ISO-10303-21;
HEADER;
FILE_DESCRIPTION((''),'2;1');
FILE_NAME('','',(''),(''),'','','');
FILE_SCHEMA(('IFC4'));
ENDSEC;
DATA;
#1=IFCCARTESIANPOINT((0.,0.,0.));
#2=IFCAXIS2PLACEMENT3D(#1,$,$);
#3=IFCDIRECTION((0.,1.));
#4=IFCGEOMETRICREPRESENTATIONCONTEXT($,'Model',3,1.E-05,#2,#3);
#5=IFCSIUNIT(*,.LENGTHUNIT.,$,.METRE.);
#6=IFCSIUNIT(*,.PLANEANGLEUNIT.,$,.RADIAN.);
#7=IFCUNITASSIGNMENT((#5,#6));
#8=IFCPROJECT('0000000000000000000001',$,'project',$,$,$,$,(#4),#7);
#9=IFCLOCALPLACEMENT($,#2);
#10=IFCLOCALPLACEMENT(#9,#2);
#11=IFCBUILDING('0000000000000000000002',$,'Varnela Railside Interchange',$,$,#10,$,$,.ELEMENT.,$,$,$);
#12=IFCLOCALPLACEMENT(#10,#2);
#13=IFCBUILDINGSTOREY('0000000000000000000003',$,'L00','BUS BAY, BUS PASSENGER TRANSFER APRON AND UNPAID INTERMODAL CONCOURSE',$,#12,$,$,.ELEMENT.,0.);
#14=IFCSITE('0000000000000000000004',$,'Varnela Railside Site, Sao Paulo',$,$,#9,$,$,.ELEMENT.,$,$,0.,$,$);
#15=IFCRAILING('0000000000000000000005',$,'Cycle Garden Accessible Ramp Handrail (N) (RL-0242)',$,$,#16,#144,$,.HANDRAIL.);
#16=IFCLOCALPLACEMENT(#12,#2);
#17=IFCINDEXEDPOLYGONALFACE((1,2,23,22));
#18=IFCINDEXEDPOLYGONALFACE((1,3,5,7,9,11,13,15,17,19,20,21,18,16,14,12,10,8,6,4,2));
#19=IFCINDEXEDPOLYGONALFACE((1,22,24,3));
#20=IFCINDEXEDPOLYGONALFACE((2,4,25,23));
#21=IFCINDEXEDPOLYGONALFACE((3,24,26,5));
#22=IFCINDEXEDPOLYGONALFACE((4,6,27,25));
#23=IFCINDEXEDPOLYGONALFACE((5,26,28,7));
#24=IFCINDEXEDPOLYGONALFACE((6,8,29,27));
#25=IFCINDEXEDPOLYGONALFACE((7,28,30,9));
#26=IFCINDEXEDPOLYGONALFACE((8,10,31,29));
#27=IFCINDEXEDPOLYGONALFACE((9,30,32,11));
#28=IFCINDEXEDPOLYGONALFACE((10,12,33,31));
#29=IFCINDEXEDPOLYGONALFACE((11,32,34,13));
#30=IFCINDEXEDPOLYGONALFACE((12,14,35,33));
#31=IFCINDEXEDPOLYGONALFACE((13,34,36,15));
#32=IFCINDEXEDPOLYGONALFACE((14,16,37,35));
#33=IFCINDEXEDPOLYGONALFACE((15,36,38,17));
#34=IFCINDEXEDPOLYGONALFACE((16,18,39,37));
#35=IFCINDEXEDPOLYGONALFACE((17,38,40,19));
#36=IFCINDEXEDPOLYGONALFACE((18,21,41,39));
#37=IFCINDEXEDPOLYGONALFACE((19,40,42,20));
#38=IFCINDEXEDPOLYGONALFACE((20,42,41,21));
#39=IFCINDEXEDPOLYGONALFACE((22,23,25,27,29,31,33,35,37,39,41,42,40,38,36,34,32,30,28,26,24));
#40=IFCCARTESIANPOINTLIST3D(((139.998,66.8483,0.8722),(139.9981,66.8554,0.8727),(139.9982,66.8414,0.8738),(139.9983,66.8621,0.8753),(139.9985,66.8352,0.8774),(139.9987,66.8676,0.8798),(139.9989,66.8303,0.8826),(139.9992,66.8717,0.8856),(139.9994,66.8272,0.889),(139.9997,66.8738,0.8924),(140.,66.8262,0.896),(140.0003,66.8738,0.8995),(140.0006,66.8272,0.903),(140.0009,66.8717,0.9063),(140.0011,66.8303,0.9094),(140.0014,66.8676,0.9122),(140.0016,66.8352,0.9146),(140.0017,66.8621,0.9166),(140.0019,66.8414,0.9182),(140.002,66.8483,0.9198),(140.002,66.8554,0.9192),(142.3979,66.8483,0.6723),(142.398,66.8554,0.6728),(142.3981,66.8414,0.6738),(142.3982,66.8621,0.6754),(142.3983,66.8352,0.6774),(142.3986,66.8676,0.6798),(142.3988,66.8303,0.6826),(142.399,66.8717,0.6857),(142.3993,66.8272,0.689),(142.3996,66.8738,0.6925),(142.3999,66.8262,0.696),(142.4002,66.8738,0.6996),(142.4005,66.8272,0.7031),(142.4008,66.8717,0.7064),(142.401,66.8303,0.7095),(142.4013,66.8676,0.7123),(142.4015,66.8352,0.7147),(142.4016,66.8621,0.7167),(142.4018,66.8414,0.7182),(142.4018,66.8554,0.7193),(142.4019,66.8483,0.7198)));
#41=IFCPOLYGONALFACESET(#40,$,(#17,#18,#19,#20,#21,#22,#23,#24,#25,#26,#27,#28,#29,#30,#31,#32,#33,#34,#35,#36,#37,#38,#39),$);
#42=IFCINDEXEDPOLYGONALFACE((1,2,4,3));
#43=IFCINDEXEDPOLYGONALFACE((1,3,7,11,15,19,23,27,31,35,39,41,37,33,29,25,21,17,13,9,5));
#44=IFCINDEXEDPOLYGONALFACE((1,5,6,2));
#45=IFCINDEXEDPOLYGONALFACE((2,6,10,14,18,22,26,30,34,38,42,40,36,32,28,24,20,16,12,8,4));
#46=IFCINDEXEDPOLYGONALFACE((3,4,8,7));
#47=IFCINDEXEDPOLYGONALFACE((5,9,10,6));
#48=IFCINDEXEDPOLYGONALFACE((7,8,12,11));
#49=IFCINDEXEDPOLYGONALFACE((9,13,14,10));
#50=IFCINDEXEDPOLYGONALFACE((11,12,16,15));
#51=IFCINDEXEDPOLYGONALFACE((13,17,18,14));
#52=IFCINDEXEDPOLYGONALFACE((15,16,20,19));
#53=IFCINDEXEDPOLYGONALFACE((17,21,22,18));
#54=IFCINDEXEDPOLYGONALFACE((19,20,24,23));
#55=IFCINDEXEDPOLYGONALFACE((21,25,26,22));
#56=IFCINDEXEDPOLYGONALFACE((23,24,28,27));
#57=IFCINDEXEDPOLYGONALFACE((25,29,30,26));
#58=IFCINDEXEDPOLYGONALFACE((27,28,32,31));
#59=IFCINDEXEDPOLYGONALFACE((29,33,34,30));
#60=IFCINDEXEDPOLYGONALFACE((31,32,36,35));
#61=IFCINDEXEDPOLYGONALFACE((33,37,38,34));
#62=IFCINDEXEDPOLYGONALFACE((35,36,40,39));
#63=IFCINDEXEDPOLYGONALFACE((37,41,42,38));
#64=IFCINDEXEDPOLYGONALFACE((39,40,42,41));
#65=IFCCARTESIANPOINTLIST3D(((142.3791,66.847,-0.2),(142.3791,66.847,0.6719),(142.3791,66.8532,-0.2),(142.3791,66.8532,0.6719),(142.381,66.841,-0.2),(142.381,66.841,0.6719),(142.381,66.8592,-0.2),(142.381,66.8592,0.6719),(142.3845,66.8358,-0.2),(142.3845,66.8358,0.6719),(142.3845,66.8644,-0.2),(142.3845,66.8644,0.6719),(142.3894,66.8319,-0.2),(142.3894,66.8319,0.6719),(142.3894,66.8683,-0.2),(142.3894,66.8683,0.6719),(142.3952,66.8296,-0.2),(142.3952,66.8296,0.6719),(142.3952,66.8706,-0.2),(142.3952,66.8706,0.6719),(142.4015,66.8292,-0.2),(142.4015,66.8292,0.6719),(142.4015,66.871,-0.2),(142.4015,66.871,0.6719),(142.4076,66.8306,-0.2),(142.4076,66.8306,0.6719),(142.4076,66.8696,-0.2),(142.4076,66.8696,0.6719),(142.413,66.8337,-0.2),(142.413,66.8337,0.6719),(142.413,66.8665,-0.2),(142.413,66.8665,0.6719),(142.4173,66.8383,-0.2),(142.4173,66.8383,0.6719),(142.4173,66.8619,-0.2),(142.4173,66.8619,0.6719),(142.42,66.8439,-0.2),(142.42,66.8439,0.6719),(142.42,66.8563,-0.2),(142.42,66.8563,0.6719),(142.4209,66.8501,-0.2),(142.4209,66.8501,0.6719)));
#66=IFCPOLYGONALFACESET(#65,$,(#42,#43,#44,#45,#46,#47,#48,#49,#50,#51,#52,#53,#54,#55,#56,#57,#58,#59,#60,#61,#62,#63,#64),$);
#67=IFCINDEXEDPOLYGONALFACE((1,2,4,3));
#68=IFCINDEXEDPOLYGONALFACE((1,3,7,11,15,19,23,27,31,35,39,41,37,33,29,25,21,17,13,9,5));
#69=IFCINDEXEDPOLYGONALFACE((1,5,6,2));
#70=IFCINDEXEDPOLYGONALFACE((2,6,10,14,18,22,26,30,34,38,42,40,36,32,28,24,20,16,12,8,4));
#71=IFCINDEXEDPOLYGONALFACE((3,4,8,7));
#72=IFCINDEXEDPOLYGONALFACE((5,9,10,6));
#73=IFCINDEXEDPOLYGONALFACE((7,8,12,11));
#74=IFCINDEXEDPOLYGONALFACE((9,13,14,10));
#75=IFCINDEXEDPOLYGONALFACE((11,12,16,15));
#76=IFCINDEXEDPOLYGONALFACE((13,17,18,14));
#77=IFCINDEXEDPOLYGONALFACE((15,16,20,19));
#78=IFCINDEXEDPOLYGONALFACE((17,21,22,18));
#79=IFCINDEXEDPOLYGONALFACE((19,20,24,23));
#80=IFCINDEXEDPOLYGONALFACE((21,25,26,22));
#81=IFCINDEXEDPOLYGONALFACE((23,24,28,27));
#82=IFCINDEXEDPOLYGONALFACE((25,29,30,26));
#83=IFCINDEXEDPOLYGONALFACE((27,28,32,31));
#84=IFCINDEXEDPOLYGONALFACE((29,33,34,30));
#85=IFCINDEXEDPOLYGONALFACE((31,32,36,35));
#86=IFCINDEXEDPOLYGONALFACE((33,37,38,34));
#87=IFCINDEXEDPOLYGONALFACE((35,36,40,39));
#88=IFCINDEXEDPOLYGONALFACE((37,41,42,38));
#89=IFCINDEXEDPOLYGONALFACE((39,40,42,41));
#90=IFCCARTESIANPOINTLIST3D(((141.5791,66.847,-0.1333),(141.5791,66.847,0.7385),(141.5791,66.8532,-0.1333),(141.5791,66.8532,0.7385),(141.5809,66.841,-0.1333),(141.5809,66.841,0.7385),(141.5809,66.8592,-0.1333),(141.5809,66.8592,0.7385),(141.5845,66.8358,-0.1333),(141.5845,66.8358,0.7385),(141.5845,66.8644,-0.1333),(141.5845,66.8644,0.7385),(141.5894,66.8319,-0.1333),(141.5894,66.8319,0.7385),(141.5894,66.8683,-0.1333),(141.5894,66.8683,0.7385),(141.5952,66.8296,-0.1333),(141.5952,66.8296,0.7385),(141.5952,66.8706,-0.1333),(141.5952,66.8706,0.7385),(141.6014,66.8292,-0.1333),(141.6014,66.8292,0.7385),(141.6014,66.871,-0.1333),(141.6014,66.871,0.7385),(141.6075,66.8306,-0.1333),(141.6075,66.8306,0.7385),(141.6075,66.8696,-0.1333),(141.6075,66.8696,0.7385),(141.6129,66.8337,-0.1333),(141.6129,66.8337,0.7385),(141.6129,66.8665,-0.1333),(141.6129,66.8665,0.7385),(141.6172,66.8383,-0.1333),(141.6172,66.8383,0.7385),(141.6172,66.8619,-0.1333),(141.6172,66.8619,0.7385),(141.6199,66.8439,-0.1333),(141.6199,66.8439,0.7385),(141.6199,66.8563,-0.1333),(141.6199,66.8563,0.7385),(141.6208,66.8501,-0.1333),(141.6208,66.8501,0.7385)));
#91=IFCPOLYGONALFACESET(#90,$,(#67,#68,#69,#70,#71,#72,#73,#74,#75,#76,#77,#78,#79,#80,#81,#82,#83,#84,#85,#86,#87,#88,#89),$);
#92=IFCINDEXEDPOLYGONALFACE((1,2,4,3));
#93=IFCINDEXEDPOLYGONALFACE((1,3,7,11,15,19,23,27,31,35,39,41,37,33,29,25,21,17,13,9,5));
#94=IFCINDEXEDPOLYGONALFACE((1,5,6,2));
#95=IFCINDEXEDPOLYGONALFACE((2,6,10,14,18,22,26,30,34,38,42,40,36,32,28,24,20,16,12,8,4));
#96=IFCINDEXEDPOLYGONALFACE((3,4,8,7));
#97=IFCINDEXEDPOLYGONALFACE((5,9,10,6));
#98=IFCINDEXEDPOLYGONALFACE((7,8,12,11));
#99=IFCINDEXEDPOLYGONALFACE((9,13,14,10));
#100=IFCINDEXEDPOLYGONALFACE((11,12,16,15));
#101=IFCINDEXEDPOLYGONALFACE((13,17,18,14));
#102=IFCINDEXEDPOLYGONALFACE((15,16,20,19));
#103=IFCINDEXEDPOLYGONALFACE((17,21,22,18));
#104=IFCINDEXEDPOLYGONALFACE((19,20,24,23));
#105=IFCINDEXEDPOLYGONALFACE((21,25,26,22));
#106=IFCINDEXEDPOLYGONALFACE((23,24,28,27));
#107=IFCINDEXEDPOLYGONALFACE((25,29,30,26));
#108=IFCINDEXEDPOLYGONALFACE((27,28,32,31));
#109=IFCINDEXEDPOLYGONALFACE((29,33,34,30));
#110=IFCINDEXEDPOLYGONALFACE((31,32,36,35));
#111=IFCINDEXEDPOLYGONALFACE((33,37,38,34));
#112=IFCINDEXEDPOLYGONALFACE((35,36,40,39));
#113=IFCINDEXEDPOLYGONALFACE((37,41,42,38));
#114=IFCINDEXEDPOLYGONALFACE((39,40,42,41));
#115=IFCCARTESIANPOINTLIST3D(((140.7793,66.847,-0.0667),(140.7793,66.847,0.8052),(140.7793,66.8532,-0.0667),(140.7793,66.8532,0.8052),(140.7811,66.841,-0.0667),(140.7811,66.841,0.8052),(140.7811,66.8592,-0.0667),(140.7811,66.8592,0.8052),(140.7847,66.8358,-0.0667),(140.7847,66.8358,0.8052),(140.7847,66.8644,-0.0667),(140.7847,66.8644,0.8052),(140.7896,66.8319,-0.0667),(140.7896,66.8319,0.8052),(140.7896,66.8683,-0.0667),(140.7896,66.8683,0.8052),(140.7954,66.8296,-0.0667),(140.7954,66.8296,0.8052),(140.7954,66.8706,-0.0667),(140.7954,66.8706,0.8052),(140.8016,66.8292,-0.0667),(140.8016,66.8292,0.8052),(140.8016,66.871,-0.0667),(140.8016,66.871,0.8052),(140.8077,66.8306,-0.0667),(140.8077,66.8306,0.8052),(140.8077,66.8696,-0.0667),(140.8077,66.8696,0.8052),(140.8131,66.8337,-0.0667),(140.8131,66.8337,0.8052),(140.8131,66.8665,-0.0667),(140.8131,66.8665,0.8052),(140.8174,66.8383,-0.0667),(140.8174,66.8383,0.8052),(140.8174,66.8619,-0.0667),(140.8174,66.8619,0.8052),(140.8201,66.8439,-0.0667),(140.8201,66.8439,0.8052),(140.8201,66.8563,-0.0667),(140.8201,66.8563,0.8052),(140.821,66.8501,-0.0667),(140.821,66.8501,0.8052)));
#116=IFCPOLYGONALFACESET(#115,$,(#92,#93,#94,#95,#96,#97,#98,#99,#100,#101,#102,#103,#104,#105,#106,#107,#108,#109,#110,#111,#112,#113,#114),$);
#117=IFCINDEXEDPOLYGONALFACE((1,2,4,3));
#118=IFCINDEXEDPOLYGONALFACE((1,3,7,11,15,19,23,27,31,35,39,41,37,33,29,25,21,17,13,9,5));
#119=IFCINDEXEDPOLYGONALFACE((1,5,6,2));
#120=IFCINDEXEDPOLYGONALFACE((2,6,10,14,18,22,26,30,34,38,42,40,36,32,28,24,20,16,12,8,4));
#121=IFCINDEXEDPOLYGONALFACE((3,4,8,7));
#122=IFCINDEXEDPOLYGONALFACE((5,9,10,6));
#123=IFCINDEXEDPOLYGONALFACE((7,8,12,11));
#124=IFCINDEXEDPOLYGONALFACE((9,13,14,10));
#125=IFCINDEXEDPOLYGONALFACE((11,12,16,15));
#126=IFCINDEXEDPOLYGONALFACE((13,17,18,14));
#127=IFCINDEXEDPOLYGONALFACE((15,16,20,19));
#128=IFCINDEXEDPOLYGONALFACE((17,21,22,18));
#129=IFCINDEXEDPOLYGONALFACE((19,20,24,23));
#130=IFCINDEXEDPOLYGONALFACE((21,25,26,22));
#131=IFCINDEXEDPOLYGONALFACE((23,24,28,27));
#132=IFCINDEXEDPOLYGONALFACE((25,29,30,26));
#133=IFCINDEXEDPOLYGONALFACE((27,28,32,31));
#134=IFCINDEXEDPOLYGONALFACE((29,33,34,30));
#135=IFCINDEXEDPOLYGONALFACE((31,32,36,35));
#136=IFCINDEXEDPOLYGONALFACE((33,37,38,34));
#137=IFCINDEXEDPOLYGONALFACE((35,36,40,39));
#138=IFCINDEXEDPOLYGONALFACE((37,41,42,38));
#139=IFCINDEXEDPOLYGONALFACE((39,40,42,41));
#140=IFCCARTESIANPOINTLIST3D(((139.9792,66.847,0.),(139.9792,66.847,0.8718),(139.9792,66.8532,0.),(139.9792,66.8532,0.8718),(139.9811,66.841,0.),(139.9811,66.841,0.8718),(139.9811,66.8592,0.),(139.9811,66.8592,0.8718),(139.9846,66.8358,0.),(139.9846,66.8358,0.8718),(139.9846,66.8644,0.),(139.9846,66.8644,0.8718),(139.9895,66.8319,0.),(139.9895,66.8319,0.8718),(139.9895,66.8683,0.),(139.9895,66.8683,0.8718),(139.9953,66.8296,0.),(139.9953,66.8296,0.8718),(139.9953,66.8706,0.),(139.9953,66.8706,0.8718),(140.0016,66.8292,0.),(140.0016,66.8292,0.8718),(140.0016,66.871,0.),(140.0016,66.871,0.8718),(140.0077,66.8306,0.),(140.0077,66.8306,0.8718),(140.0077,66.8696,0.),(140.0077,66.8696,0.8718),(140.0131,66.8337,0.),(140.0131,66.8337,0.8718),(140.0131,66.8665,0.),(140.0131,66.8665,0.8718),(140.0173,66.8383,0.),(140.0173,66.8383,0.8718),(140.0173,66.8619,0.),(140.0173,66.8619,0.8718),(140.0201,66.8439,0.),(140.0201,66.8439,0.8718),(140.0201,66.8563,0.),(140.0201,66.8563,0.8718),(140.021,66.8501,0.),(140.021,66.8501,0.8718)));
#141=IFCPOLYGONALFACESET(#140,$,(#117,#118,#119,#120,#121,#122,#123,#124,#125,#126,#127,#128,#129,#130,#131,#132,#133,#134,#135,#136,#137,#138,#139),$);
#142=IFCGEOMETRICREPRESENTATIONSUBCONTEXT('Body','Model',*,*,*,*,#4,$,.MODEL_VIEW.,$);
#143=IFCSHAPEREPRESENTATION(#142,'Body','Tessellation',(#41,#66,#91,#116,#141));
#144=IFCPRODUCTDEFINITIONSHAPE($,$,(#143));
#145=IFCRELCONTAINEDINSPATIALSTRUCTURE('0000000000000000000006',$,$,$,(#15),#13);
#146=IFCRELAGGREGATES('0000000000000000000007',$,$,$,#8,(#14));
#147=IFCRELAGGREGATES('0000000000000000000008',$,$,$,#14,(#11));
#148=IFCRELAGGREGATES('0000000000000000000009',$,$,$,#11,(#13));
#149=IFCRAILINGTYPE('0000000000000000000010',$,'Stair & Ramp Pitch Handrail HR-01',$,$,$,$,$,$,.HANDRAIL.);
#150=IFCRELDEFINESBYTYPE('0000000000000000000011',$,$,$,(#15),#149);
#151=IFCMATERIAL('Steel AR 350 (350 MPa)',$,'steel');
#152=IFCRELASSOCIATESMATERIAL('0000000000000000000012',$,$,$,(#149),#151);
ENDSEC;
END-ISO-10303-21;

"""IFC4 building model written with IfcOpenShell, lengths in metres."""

from ifc_helpers import new_model, si_unit, direction, frame, origin, origin_2d, place, context, subcontext, project, spatial, circle, extrude, material, type_object, element, save


model = new_model("IFC4")

# Units and contexts
model_context = context("Model", 3, precision=1e-05, world=origin(), true_north=direction((0.0, 1.0)))
body_context = subcontext(model_context, "Body", "Model", "MODEL_VIEW")
ifc_project = project(units=[si_unit("LENGTHUNIT", "METRE"), si_unit("PLANEANGLEUNIT", "RADIAN")], contexts=[model_context])

# Site, building, storey
site_placement = place(None, origin())
site = spatial("IfcSite", under=ifc_project, at=site_placement, Name="Varnela Railside Site, Sao Paulo", CompositionType="ELEMENT", RefElevation=0.0)
building_placement = place(site_placement, origin())
building = spatial("IfcBuilding", under=site, at=building_placement, Name="Varnela Railside Interchange", CompositionType="ELEMENT")
storey_placement = place(building_placement, origin())
storey = spatial("IfcBuildingStorey", under=building, at=storey_placement, Name="L00", Description="BUS BAY, BUS PASSENGER TRANSFER APRON AND UNPAID INTERMODAL CONCOURSE", CompositionType="ELEMENT", Elevation=0.0)

# Shared definitions
ifc_material_1 = material(Name="Steel AR 350 (350 MPa)", Category="steel")

# Railing
railing_type = type_object("IfcRailingType", Name="Stair & Ramp Pitch Handrail HR-01", PredefinedType="HANDRAIL", material=ifc_material_1)
for number, where, name in (
    (1, (142.3999, 66.8501, -0.2), "Cycle Garden Accessible Ramp Handrail (N) (RL-0242)"),
):
    element("IfcRailing", number, at=place(storey_placement, frame(where)), inside=storey, type_object=railing_type, Name=name, PredefinedType="HANDRAIL", context=body_context, shape_type="SweptSolid", body=[
        extrude(circle(Radius=0.0239, at=origin_2d()), frame((0.0, 0.0, 0.896), z_axis=(-0.996547, 0.0, 0.083029), x_axis=(0.0, -1.0, 0.0)), (0.0, 0.0, 1.0), 2.4082),
        extrude(circle(Radius=0.021, at=origin_2d()), origin(), (0.0, 0.0, 1.0), 0.8718),
        extrude(circle(Radius=0.021, at=origin_2d()), frame((-0.8, 0.0, 0.0667)), (0.0, 0.0, 1.0), 0.8718),
        extrude(circle(Radius=0.021, at=origin_2d()), frame((-1.5999, 0.0, 0.1333)), (0.0, 0.0, 1.0), 0.8718),
        extrude(circle(Radius=0.021, at=origin_2d()), frame((-2.3999, 0.0, 0.2)), (0.0, 0.0, 1.0), 0.8718),
    ])

save(model, "model.ifc")
